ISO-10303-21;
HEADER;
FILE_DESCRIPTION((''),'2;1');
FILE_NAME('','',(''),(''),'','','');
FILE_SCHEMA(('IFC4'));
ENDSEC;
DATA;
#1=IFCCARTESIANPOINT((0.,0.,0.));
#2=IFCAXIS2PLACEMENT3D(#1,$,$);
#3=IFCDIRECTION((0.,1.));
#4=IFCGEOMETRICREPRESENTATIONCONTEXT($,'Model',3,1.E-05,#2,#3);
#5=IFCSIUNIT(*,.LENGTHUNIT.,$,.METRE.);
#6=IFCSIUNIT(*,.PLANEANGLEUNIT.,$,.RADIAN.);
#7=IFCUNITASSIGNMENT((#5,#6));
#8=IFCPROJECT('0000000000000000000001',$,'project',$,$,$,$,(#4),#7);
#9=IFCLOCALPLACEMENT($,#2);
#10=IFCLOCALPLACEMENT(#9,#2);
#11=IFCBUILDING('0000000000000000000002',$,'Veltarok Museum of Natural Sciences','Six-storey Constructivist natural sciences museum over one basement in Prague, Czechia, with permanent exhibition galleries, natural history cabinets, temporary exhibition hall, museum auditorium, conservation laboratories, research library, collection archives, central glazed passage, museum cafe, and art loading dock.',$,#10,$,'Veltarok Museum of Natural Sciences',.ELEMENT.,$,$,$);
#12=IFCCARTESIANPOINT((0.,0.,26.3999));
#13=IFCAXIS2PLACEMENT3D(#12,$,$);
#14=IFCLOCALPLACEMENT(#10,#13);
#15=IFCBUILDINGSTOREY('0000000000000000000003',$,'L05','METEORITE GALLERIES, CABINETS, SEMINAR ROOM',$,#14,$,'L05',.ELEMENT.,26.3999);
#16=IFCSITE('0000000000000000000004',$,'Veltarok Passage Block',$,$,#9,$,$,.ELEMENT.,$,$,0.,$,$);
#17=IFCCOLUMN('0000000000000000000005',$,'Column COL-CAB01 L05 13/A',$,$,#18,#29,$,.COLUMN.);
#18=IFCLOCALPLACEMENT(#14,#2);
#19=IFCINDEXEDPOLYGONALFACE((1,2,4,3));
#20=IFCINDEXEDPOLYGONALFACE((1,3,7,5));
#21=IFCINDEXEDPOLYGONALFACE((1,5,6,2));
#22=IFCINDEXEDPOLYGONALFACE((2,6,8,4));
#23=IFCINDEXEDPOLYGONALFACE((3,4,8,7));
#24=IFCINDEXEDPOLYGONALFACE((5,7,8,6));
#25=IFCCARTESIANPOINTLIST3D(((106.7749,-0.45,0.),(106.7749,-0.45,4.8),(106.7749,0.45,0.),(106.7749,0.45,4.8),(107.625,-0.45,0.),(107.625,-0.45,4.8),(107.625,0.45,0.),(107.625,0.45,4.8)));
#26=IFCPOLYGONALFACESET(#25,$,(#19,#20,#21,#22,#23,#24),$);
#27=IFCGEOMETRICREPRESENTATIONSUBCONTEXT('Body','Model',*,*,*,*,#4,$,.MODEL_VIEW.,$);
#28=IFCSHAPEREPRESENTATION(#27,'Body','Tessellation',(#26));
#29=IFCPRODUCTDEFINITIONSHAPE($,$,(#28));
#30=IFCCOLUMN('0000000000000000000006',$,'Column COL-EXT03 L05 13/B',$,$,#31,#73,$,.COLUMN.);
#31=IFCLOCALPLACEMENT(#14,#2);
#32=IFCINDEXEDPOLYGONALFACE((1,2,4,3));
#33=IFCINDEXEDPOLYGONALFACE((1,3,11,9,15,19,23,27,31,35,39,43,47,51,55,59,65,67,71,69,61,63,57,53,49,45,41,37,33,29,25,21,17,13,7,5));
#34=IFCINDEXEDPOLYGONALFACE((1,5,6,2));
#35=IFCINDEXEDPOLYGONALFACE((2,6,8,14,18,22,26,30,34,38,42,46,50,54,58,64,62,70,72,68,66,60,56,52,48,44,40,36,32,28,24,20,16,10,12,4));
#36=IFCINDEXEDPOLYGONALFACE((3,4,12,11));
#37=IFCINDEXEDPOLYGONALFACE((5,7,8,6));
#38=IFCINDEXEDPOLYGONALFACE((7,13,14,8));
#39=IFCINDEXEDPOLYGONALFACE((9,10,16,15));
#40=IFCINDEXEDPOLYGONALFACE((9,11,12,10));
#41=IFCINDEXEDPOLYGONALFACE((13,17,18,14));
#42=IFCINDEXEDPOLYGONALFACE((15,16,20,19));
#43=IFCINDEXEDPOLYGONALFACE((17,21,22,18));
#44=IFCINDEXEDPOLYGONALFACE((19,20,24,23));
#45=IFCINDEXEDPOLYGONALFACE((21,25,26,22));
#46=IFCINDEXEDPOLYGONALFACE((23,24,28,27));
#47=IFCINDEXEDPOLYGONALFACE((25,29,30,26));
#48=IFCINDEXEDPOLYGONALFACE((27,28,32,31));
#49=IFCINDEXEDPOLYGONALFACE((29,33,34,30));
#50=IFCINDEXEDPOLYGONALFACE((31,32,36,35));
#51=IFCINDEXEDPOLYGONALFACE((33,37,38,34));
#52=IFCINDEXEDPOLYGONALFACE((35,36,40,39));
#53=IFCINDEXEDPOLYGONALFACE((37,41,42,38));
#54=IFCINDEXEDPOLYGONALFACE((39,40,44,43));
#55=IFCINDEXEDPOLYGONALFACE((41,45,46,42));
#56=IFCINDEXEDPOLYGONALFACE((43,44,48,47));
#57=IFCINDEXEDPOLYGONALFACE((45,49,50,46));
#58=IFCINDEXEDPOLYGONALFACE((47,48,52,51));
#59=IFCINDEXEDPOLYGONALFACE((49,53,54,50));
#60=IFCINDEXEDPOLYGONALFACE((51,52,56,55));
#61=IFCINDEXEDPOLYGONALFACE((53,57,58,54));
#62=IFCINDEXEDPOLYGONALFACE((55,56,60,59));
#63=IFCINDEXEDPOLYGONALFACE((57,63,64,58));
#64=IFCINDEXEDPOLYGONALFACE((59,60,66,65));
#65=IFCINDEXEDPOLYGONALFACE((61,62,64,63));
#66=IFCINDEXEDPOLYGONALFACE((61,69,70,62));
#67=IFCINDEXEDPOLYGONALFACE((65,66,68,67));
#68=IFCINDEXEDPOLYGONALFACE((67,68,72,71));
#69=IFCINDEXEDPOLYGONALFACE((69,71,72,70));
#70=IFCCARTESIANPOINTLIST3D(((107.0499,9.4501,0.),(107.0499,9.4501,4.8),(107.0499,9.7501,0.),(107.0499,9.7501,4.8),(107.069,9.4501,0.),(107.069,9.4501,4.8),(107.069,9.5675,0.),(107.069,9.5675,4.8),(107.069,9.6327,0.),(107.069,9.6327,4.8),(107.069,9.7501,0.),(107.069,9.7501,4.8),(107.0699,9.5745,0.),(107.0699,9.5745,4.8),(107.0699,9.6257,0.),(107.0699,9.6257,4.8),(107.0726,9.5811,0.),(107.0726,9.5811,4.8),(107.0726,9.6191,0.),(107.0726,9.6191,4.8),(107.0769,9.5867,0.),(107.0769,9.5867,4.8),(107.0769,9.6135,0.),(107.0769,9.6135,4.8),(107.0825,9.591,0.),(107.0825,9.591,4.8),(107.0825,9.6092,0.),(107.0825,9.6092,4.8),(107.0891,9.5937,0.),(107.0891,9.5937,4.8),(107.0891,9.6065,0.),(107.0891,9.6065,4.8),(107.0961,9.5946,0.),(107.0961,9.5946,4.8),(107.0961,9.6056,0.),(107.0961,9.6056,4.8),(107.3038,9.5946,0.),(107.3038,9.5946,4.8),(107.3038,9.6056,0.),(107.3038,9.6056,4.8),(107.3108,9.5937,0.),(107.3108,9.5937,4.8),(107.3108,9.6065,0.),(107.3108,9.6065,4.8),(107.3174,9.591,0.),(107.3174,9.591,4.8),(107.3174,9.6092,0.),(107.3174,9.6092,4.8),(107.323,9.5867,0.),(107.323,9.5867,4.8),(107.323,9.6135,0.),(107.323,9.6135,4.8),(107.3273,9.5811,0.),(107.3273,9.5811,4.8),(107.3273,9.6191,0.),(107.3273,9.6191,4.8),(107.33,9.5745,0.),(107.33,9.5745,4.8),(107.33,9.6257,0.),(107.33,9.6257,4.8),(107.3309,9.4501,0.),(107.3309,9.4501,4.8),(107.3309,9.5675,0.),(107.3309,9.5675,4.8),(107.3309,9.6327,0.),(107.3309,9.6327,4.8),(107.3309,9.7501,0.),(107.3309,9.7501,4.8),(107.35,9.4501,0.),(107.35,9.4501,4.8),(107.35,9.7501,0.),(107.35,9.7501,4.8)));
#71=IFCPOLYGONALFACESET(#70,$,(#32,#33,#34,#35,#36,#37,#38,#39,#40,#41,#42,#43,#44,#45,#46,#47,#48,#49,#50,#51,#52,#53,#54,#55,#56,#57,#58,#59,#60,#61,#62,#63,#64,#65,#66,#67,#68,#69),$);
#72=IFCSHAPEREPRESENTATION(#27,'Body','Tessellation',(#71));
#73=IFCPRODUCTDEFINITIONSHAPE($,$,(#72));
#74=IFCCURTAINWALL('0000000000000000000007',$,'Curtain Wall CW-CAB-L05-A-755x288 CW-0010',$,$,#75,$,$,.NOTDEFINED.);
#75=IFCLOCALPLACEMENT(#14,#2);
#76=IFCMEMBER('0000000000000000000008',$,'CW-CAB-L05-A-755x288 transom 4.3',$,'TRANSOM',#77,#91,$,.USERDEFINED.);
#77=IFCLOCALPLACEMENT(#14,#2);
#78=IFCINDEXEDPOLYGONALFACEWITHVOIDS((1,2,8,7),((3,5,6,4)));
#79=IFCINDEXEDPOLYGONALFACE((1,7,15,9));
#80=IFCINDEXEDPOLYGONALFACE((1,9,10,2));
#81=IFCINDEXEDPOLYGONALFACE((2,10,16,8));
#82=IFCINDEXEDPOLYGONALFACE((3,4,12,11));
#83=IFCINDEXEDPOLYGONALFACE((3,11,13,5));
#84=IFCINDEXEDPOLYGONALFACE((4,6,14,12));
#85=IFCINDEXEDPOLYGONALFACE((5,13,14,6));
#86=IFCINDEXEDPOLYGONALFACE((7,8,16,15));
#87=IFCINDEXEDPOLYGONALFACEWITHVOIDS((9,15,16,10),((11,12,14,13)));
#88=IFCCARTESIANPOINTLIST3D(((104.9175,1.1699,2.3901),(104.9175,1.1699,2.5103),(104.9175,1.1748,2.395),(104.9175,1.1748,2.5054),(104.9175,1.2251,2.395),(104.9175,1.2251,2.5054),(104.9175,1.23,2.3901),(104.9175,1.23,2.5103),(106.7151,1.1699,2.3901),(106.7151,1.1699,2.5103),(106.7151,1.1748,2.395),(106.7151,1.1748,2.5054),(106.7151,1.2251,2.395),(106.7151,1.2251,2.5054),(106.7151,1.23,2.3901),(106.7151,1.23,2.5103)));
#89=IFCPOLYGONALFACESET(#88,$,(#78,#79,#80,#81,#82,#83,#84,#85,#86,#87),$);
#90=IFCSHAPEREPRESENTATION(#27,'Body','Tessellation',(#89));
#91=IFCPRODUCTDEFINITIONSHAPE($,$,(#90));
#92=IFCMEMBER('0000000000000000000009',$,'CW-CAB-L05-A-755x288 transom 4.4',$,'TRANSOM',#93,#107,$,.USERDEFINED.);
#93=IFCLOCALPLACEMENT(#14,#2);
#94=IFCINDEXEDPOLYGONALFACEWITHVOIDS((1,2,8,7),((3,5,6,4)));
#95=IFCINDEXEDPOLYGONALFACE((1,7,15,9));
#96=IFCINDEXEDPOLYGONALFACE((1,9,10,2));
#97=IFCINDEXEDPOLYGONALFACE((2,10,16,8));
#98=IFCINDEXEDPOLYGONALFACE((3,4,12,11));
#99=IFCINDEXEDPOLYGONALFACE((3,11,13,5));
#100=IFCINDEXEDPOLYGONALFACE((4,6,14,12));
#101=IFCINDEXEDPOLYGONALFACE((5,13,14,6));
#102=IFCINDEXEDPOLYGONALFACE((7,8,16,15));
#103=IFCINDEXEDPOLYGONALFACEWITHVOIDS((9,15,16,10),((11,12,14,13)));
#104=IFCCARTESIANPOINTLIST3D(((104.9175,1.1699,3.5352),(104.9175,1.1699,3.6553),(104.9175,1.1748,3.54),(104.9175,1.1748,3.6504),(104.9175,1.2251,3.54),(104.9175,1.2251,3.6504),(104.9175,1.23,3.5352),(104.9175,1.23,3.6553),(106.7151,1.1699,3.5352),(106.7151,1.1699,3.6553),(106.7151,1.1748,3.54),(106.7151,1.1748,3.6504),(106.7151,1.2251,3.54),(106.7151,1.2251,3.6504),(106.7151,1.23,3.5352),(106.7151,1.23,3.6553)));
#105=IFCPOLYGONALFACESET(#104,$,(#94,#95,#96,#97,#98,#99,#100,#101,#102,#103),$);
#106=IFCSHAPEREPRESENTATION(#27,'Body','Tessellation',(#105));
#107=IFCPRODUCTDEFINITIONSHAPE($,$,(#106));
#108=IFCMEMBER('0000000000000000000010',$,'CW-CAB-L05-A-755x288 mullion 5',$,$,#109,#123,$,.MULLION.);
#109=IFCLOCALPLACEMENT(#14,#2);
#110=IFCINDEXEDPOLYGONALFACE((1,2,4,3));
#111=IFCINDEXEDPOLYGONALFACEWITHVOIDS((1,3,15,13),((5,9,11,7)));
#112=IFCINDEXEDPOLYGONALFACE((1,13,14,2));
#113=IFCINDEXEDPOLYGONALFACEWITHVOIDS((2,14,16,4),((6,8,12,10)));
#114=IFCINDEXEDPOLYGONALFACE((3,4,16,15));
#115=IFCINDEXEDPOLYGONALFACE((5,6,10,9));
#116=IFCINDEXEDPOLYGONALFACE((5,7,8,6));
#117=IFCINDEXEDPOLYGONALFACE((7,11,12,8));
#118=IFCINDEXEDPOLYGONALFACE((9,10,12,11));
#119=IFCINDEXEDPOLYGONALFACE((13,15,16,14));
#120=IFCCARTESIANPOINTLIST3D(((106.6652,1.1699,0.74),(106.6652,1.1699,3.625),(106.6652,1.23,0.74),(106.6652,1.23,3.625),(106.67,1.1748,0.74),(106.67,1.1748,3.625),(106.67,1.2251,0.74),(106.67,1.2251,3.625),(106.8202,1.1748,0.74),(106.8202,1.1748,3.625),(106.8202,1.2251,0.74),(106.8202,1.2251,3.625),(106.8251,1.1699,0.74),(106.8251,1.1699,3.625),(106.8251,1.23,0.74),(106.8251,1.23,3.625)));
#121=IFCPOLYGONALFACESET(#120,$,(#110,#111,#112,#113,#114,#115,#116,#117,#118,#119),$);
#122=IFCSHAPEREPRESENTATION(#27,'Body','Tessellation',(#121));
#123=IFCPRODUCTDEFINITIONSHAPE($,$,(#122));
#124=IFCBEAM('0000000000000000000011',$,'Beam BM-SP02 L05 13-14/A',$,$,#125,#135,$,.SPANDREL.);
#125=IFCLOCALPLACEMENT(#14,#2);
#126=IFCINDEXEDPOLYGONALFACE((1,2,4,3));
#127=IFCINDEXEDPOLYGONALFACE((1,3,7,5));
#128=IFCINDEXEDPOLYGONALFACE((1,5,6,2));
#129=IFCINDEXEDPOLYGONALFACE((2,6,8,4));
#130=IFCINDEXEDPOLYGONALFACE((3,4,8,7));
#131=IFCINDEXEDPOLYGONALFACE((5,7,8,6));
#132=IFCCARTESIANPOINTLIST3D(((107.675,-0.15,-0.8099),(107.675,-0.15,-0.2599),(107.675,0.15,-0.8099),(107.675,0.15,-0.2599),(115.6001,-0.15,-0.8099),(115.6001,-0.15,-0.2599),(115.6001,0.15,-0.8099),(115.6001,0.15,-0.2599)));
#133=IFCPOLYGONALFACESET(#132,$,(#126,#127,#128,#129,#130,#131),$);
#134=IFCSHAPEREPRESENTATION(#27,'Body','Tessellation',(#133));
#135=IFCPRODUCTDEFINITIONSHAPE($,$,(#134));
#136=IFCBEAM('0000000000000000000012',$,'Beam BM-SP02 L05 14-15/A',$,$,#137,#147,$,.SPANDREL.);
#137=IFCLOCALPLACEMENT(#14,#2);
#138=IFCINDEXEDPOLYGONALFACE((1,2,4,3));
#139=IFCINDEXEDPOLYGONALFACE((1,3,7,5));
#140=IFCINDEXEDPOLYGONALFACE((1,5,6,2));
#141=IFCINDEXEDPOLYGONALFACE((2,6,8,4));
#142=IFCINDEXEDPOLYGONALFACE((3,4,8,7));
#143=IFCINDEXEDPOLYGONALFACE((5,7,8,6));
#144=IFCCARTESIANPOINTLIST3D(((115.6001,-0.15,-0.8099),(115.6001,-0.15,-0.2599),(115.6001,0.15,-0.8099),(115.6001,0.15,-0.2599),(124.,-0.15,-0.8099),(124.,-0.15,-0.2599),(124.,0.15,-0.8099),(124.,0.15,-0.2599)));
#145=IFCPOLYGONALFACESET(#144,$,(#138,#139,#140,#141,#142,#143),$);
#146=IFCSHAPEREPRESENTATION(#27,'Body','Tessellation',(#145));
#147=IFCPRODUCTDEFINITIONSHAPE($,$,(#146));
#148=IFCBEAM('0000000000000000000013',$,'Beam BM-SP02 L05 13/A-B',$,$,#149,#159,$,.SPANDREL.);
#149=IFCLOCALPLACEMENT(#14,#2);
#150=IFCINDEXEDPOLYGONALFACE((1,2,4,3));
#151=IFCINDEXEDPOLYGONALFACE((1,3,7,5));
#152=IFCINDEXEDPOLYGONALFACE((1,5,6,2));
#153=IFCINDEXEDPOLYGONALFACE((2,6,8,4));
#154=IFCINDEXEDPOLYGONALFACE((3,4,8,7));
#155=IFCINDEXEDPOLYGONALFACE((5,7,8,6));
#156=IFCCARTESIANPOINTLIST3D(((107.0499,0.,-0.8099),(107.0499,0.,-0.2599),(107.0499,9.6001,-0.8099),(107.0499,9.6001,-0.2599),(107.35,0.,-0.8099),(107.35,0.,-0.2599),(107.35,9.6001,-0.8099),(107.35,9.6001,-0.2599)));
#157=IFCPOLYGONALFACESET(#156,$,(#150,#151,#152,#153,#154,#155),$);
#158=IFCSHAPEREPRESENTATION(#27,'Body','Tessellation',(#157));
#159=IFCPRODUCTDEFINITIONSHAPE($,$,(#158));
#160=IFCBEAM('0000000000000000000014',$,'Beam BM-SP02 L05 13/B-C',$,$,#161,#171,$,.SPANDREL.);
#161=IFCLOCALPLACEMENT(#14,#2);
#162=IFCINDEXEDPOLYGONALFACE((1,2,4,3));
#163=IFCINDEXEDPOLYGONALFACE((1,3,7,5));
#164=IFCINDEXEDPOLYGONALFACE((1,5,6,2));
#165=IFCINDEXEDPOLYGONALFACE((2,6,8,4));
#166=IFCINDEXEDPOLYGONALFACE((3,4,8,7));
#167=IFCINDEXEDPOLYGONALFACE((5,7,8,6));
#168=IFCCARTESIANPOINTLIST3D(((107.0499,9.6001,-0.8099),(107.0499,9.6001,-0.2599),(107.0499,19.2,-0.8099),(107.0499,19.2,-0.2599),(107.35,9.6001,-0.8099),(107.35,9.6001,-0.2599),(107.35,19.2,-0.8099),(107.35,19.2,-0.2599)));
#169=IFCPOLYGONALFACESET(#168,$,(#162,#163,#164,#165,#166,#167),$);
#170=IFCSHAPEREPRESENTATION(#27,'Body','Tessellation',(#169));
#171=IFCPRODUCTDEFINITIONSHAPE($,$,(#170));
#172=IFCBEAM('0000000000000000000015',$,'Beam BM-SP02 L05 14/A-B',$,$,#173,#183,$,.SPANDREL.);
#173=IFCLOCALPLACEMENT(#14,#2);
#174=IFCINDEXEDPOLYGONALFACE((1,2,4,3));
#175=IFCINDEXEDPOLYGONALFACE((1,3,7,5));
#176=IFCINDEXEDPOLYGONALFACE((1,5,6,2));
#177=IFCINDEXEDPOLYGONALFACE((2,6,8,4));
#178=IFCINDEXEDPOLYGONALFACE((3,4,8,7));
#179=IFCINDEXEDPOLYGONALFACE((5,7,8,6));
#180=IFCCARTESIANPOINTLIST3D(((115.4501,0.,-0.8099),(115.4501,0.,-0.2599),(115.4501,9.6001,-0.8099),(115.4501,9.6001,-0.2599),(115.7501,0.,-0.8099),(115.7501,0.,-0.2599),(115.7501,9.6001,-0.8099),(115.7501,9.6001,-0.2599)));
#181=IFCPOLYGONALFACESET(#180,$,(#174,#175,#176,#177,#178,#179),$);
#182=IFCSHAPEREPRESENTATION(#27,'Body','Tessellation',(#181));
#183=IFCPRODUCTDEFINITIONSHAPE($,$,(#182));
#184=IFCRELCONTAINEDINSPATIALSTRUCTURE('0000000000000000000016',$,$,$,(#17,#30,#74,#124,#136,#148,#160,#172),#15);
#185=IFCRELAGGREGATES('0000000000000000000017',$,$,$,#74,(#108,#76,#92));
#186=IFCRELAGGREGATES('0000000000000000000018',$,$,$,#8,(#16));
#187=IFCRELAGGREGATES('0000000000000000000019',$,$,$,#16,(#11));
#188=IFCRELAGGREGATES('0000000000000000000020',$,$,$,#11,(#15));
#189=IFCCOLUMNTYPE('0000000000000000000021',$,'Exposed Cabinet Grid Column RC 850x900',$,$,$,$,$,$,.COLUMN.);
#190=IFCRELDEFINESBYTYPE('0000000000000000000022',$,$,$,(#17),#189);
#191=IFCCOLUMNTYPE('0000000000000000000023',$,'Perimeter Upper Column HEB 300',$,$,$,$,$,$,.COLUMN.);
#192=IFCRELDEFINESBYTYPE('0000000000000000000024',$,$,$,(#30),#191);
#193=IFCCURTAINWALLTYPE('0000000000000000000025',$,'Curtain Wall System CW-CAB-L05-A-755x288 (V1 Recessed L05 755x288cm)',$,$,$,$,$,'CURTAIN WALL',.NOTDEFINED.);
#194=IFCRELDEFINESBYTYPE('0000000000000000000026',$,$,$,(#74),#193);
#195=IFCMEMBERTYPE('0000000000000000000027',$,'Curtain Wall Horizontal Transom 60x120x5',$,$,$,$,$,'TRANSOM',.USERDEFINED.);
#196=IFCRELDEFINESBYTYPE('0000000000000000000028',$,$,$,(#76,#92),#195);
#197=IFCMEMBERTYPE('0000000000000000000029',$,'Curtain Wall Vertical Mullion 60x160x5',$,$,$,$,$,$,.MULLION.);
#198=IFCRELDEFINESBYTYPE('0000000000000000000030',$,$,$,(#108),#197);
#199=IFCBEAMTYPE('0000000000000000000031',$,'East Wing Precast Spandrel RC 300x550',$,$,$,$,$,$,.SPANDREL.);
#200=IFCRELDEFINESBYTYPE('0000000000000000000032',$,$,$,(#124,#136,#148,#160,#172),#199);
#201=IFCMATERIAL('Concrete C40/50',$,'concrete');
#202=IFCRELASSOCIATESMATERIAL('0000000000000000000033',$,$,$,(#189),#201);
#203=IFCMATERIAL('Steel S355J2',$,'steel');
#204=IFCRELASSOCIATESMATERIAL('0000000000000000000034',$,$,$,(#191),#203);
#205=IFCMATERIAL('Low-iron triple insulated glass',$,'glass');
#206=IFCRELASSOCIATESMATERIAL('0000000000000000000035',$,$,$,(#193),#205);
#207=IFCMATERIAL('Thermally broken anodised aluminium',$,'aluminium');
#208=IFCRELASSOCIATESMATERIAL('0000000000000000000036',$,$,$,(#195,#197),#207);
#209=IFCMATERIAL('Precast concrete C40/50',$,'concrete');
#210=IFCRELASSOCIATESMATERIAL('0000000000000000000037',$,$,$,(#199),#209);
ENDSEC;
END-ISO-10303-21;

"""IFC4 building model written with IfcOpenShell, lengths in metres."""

from ifc_helpers import new_model, si_unit, direction, frame, origin, origin_2d, place, context, subcontext, project, spatial, rectangle, hollow_rectangle, i_section, extrude, material, material_profile, profile_set, type_object, element, aggregate, save


model = new_model("IFC4")

# Units and contexts
model_context = context("Model", 3, precision=1e-05, world=origin(), true_north=direction((0.0, 1.0)))
body_context = subcontext(model_context, "Body", "Model", "MODEL_VIEW")
ifc_project = project(units=[si_unit("LENGTHUNIT", "METRE"), si_unit("PLANEANGLEUNIT", "RADIAN")], contexts=[model_context])

# Site, building, storey
site_placement = place(None, origin())
site = spatial("IfcSite", under=ifc_project, at=site_placement, Name="Veltarok Passage Block", CompositionType="ELEMENT", RefElevation=0.0)
building_placement = place(site_placement, origin())
building = spatial("IfcBuilding", under=site, at=building_placement, Name="Veltarok Museum of Natural Sciences", Description="Six-storey Constructivist natural sciences museum over one basement in Prague, Czechia, with permanent exhibition galleries, natural history cabinets, temporary exhibition hall, museum auditorium, conservation laboratories, research library, collection archives, central glazed passage, museum cafe, and art loading dock.", LongName="Veltarok Museum of Natural Sciences", CompositionType="ELEMENT")
storey_placement = place(building_placement, frame((0.0, 0.0, 26.3999)))
storey = spatial("IfcBuildingStorey", under=building, at=storey_placement, Name="L05", Description="METEORITE GALLERIES, CABINETS, SEMINAR ROOM", LongName="L05", CompositionType="ELEMENT", Elevation=26.3999)

# Columns
ifc_material_1 = material(Name="Concrete C40/50", Category="concrete")
ifc_material_profile_1 = material_profile(ifc_material_1, rectangle(XDim=0.8501, YDim=0.8999, at=origin_2d()), Name="RC 850x900")
ifc_profile_set_1 = profile_set([ifc_material_profile_1], Name="Concrete C40/50")
column_type_1 = type_object("IfcColumnType", Name="Exposed Cabinet Grid Column RC 850x900", PredefinedType="COLUMN", material=ifc_profile_set_1)
column_1_placement = place(storey_placement, frame((107.2, 0.0, 0.0), z_axis=(0.0, 0.0, 1.0), x_axis=(1.0, 0.0, 0.0)))
element("IfcColumn", 1, at=column_1_placement, inside=storey, type_object=column_type_1, Name="Column COL-CAB01 L05 13/A", PredefinedType="COLUMN", context=body_context, shape_type="SweptSolid", body=[
    extrude(rectangle(XDim=0.8501, YDim=0.8999, at=origin_2d()), origin(), (0.0, 0.0, 1.0), 4.8),
])
ifc_material_2 = material(Name="Steel S355J2", Category="steel")
ifc_material_profile_2 = material_profile(ifc_material_2, i_section(OverallWidth=0.3, OverallDepth=0.3, WebThickness=0.011, FlangeThickness=0.019, FilletRadius=0.0271, at=origin_2d()), Name="HEB 300")
ifc_profile_set_2 = profile_set([ifc_material_profile_2], Name="Steel S355J2")
column_type_2 = type_object("IfcColumnType", Name="Perimeter Upper Column HEB 300", PredefinedType="COLUMN", material=ifc_profile_set_2)
column_2_placement = place(storey_placement, frame((107.2, 9.6001, 0.0), z_axis=(0.0, 0.0, 1.0), x_axis=(0.0, 1.0, 0.0)))
element("IfcColumn", 2, at=column_2_placement, inside=storey, type_object=column_type_2, Name="Column COL-EXT03 L05 13/B", PredefinedType="COLUMN", context=body_context, shape_type="SweptSolid", body=[
    extrude(i_section(OverallWidth=0.3, OverallDepth=0.3, WebThickness=0.011, FlangeThickness=0.019, FilletRadius=0.0271, at=origin_2d()), origin(), (0.0, 0.0, 1.0), 4.8),
])

# Curtain wall, members
ifc_material_3 = material(Name="Low-iron triple insulated glass", Category="glass")
curtain_wall_type = type_object("IfcCurtainWallType", Name="Curtain Wall System CW-CAB-L05-A-755x288 (V1 Recessed L05 755x288cm)", ElementType="CURTAIN WALL", PredefinedType="NOTDEFINED", material=ifc_material_3)
curtain_wall_placement = place(storey_placement, origin())
curtain_wall = element("IfcCurtainWall", 3, at=curtain_wall_placement, inside=storey, type_object=curtain_wall_type, Name="Curtain Wall CW-CAB-L05-A-755x288 CW-0010", PredefinedType="NOTDEFINED")
ifc_material_4 = material(Name="Thermally broken anodised aluminium", Category="aluminium")
ifc_material_profile_3 = material_profile(ifc_material_4, hollow_rectangle(XDim=0.0601, YDim=0.1201, WallThickness=0.0049, at=origin_2d()), Name="CW TRANSOM 60x120x5")
ifc_profile_set_3 = profile_set([ifc_material_profile_3], Name="Thermally broken anodised aluminium")
member_type_1 = type_object("IfcMemberType", Name="Curtain Wall Horizontal Transom 60x120x5", ElementType="TRANSOM", PredefinedType="USERDEFINED", material=ifc_profile_set_3)
member_1_placement = place(storey_placement, frame((104.9175, 1.2, 2.4502), z_axis=(1.0, 0.0, 0.0), x_axis=(0.0, 1.0, 0.0)))
member_1 = element("IfcMember", 4, at=member_1_placement, type_object=member_type_1, Name="CW-CAB-L05-A-755x288 transom 4.3", ObjectType="TRANSOM", PredefinedType="USERDEFINED", context=body_context, shape_type="SweptSolid", body=[
    extrude(hollow_rectangle(XDim=0.0601, YDim=0.1201, WallThickness=0.0049, at=origin_2d()), origin(), (0.0, 0.0, 1.0), 1.7976),
])
member_2_placement = place(storey_placement, frame((104.9175, 1.2, 3.5952), z_axis=(1.0, 0.0, 0.0), x_axis=(0.0, 1.0, 0.0)))
member_2 = element("IfcMember", 5, at=member_2_placement, type_object=member_type_1, Name="CW-CAB-L05-A-755x288 transom 4.4", ObjectType="TRANSOM", PredefinedType="USERDEFINED", context=body_context, shape_type="SweptSolid", body=[
    extrude(hollow_rectangle(XDim=0.0601, YDim=0.1201, WallThickness=0.0049, at=origin_2d()), origin(), (0.0, 0.0, 1.0), 1.7976),
])
ifc_material_profile_4 = material_profile(ifc_material_4, hollow_rectangle(XDim=0.0601, YDim=0.1599, WallThickness=0.0049, at=origin_2d()), Name="CW MULLION 60x160x5")
ifc_profile_set_4 = profile_set([ifc_material_profile_4], Name="Thermally broken anodised aluminium")
member_type_2 = type_object("IfcMemberType", Name="Curtain Wall Vertical Mullion 60x160x5", PredefinedType="MULLION", material=ifc_profile_set_4)
member_3_placement = place(storey_placement, frame((106.7451, 1.2, 0.74), z_axis=(0.0, 0.0, 1.0), x_axis=(0.0, 1.0, 0.0)))
member_3 = element("IfcMember", 6, at=member_3_placement, type_object=member_type_2, Name="CW-CAB-L05-A-755x288 mullion 5", PredefinedType="MULLION", context=body_context, shape_type="SweptSolid", body=[
    extrude(hollow_rectangle(XDim=0.0601, YDim=0.1599, WallThickness=0.0049, at=origin_2d()), origin(), (0.0, 0.0, 1.0), 2.885),
])

# Beams
ifc_material_5 = material(Name="Precast concrete C40/50", Category="concrete")
ifc_material_profile_5 = material_profile(ifc_material_5, rectangle(XDim=0.3, YDim=0.55, at=origin_2d()), Name="RC 300x550")
ifc_profile_set_5 = profile_set([ifc_material_profile_5], Name="Precast concrete C40/50")
beam_type_1 = type_object("IfcBeamType", Name="East Wing Precast Spandrel RC 300x550", PredefinedType="SPANDREL", material=ifc_profile_set_5)
beam_1_placement = place(storey_placement, frame((107.675, 0.0, -0.5349), z_axis=(1.0, 0.0, 0.0), x_axis=(0.0, 1.0, 0.0)))
element("IfcBeam", 7, at=beam_1_placement, inside=storey, type_object=beam_type_1, Name="Beam BM-SP02 L05 13-14/A", PredefinedType="SPANDREL", context=body_context, shape_type="SweptSolid", body=[
    extrude(rectangle(XDim=0.3, YDim=0.55, at=origin_2d()), origin(), (0.0, 0.0, 1.0), 7.925),
])
beam_2_placement = place(storey_placement, frame((115.6001, 0.0, -0.5349), z_axis=(1.0, 0.0, 0.0), x_axis=(0.0, 1.0, 0.0)))
element("IfcBeam", 8, at=beam_2_placement, inside=storey, type_object=beam_type_1, Name="Beam BM-SP02 L05 14-15/A", PredefinedType="SPANDREL", context=body_context, shape_type="SweptSolid", body=[
    extrude(rectangle(XDim=0.3, YDim=0.55, at=origin_2d()), origin(), (0.0, 0.0, 1.0), 8.3999),
])
beam_3_placement = place(storey_placement, frame((107.2, 0.0, -0.5349), z_axis=(0.0, 1.0, 0.0), x_axis=(-1.0, 0.0, 0.0)))
element("IfcBeam", 9, at=beam_3_placement, inside=storey, type_object=beam_type_1, Name="Beam BM-SP02 L05 13/A-B", PredefinedType="SPANDREL", context=body_context, shape_type="SweptSolid", body=[
    extrude(rectangle(XDim=0.3, YDim=0.55, at=origin_2d()), origin(), (0.0, 0.0, 1.0), 9.6001),
])
beam_4_placement = place(storey_placement, frame((107.2, 9.6001, -0.5349), z_axis=(0.0, 1.0, 0.0), x_axis=(-1.0, 0.0, 0.0)))
element("IfcBeam", 10, at=beam_4_placement, inside=storey, type_object=beam_type_1, Name="Beam BM-SP02 L05 13/B-C", PredefinedType="SPANDREL", context=body_context, shape_type="SweptSolid", body=[
    extrude(rectangle(XDim=0.3, YDim=0.55, at=origin_2d()), origin(), (0.0, 0.0, 1.0), 9.5999),
])
beam_5_placement = place(storey_placement, frame((115.6001, 0.0, -0.5349), z_axis=(0.0, 1.0, 0.0), x_axis=(-1.0, 0.0, 0.0)))
element("IfcBeam", 11, at=beam_5_placement, inside=storey, type_object=beam_type_1, Name="Beam BM-SP02 L05 14/A-B", PredefinedType="SPANDREL", context=body_context, shape_type="SweptSolid", body=[
    extrude(rectangle(XDim=0.3, YDim=0.55, at=origin_2d()), origin(), (0.0, 0.0, 1.0), 9.6001),
])

aggregate(curtain_wall, [member_3, member_1, member_2])

save(model, "model.ifc")
